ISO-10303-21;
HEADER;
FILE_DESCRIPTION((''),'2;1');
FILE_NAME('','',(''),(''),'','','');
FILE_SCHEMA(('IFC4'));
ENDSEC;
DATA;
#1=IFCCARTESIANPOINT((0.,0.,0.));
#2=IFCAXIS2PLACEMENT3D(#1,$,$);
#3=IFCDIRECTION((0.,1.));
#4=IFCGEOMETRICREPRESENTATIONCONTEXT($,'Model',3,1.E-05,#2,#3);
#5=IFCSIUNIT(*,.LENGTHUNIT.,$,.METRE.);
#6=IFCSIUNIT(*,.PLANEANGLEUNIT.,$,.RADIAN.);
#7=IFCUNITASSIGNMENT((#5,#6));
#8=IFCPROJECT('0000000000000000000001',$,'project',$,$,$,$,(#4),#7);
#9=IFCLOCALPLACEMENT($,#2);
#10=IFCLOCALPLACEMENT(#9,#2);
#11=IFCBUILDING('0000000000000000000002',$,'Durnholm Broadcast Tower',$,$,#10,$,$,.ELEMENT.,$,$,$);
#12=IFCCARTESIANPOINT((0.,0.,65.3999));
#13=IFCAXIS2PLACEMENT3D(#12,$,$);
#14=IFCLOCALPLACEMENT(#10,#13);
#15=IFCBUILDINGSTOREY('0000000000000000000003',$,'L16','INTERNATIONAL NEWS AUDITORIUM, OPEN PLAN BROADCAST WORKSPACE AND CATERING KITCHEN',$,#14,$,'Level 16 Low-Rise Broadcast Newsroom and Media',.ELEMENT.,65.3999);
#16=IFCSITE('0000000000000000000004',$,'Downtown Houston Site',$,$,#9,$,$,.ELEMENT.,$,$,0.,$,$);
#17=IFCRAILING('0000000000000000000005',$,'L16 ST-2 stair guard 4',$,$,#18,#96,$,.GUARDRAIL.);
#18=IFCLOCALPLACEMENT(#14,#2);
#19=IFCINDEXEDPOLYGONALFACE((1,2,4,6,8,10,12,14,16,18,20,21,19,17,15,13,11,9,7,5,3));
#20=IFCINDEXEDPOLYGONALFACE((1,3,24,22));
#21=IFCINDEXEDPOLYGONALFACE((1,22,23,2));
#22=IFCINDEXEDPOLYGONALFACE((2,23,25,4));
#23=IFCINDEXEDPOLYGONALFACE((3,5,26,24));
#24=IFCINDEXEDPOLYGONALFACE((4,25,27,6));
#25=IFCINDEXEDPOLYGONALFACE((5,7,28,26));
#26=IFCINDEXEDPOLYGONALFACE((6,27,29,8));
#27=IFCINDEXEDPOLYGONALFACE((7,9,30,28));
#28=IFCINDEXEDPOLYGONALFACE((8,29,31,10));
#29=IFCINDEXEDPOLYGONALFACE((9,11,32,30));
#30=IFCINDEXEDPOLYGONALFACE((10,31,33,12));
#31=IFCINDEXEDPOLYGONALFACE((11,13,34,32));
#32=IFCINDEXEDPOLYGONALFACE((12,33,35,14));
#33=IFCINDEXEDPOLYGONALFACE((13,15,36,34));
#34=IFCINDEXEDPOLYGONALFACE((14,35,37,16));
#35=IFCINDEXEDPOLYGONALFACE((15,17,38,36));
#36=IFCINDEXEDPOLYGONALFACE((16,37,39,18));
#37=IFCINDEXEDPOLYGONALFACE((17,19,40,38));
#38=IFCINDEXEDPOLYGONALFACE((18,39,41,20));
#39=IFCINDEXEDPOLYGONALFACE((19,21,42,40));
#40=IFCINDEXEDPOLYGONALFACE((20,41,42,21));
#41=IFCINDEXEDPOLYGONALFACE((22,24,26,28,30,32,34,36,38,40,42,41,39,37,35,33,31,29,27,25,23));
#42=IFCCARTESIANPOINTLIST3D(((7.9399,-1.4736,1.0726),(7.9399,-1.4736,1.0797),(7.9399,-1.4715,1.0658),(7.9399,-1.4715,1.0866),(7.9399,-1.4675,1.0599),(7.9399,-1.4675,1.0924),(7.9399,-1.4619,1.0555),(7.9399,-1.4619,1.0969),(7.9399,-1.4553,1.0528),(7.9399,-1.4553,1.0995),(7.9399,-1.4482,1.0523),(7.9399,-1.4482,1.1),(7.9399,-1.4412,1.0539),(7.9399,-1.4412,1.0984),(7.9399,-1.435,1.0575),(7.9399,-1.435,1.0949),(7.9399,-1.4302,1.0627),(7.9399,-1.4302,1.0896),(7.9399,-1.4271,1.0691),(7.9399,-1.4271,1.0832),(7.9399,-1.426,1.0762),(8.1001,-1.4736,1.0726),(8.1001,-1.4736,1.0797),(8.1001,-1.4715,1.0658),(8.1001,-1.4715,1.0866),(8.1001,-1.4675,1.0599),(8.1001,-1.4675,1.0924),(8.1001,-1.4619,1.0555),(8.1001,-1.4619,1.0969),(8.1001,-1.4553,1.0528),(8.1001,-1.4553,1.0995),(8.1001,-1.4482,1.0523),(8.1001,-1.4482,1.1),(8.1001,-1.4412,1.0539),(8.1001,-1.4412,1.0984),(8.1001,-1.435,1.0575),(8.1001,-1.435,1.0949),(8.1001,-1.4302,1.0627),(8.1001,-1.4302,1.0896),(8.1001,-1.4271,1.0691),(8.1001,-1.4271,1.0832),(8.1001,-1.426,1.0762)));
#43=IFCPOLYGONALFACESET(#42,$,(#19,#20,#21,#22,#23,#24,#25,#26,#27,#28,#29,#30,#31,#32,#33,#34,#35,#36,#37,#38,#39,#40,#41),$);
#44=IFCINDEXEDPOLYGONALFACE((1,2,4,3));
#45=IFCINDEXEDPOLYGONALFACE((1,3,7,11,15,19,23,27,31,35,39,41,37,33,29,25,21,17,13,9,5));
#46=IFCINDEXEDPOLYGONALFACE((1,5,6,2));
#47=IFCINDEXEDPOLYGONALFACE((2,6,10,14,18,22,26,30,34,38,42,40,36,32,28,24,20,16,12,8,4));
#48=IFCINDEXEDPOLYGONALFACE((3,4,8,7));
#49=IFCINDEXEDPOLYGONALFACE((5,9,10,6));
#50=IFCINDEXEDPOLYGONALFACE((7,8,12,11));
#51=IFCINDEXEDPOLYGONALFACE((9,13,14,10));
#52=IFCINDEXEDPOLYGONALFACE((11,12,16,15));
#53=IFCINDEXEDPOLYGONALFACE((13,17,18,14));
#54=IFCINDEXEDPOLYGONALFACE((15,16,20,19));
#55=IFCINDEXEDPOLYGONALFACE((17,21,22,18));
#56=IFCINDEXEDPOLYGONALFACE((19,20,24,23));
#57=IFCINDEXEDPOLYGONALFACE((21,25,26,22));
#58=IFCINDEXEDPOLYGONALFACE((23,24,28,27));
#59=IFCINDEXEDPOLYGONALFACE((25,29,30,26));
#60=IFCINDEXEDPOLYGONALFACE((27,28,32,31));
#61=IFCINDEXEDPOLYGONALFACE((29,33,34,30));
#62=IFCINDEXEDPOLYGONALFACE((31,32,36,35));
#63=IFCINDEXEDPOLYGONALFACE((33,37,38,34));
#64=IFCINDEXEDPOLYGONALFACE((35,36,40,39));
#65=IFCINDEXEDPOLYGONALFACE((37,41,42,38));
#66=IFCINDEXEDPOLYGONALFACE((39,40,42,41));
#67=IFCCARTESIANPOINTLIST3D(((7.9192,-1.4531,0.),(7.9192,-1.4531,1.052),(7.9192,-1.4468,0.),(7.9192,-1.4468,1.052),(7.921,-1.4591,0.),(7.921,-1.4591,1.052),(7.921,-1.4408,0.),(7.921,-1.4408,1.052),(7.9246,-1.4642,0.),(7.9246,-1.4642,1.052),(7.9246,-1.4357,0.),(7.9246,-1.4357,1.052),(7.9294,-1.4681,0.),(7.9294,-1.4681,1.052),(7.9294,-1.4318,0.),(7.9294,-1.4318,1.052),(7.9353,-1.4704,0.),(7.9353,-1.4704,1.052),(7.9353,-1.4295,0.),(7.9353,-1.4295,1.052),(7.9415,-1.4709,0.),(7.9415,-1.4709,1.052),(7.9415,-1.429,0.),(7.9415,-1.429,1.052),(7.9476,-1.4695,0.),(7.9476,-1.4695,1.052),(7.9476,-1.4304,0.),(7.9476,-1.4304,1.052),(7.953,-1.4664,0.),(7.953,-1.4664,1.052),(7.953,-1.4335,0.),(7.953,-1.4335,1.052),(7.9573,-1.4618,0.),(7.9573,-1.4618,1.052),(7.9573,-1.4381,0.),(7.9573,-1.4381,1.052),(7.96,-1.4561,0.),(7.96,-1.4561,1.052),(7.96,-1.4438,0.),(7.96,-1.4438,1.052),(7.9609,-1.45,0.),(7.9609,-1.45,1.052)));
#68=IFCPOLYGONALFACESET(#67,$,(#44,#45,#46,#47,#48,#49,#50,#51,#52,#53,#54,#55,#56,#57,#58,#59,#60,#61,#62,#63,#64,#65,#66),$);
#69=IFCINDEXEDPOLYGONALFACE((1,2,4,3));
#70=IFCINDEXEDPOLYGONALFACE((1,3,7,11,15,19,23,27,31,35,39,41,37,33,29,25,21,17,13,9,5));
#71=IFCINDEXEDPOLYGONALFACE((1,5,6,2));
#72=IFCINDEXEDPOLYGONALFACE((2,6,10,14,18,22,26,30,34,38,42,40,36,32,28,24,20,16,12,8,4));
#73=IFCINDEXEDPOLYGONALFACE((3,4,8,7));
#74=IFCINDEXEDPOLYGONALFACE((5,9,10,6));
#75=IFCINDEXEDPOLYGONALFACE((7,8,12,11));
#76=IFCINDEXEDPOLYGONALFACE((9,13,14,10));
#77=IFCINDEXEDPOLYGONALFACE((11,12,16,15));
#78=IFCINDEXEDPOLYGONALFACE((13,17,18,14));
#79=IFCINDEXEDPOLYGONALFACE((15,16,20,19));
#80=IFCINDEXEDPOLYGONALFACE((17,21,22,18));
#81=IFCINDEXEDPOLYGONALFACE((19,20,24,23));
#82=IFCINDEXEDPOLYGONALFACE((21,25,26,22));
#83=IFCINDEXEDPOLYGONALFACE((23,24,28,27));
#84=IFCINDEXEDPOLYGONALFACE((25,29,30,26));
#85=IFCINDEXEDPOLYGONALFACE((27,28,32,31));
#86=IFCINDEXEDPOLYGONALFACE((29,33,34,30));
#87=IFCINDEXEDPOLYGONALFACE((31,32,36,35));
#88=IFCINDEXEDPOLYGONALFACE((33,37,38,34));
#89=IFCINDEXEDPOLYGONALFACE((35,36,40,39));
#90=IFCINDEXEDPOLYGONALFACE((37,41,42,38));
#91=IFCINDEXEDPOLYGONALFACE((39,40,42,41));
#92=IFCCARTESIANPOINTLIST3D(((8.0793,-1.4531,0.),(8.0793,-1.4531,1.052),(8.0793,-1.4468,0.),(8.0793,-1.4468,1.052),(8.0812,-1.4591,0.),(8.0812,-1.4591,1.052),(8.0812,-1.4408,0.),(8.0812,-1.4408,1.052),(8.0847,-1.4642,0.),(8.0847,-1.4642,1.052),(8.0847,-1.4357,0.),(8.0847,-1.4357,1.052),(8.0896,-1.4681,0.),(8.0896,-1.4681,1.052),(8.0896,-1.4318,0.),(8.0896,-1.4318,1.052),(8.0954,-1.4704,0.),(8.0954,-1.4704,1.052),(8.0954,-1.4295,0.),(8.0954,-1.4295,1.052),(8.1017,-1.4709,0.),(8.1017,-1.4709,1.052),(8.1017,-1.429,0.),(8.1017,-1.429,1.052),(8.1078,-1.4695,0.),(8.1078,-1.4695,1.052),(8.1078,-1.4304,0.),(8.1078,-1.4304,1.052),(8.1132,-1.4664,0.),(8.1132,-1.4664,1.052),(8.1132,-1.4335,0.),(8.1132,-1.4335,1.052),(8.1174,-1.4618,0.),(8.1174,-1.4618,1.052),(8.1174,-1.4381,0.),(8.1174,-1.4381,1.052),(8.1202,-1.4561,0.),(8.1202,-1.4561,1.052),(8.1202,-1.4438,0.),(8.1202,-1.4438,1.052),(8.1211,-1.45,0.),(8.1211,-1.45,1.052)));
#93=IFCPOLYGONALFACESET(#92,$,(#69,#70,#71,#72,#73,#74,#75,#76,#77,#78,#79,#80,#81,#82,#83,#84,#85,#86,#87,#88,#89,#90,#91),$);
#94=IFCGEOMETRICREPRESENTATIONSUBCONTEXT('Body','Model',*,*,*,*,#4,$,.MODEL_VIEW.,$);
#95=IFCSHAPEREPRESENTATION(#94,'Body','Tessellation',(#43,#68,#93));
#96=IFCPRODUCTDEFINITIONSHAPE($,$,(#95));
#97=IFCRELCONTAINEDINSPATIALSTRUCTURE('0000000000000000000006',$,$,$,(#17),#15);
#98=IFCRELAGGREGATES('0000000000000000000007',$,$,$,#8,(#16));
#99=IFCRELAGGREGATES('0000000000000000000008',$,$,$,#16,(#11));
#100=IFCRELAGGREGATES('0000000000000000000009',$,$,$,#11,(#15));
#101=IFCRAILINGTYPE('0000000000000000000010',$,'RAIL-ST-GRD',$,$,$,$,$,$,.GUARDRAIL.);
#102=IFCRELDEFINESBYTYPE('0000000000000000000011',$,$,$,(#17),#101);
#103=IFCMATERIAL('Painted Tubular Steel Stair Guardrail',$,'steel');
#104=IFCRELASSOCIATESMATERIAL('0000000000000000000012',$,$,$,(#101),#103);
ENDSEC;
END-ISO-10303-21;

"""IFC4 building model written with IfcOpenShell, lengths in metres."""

from ifc_helpers import new_model, si_unit, direction, frame, origin, origin_2d, place, context, subcontext, project, spatial, circle, extrude, material, type_object, element, save


model = new_model("IFC4")

# Units and contexts
model_context = context("Model", 3, precision=1e-05, world=origin(), true_north=direction((0.0, 1.0)))
body_context = subcontext(model_context, "Body", "Model", "MODEL_VIEW")
ifc_project = project(units=[si_unit("LENGTHUNIT", "METRE"), si_unit("PLANEANGLEUNIT", "RADIAN")], contexts=[model_context])

# Site, building, storey
site_placement = place(None, origin())
site = spatial("IfcSite", under=ifc_project, at=site_placement, Name="Downtown Houston Site", CompositionType="ELEMENT", RefElevation=0.0)
building_placement = place(site_placement, origin())
building = spatial("IfcBuilding", under=site, at=building_placement, Name="Durnholm Broadcast Tower", CompositionType="ELEMENT")
storey_placement = place(building_placement, frame((0.0, 0.0, 65.3999)))
storey = spatial("IfcBuildingStorey", under=building, at=storey_placement, Name="L16", Description="INTERNATIONAL NEWS AUDITORIUM, OPEN PLAN BROADCAST WORKSPACE AND CATERING KITCHEN", LongName="Level 16 Low-Rise Broadcast Newsroom and Media", CompositionType="ELEMENT", Elevation=65.3999)

# Railing
ifc_material_1 = material(Name="Painted Tubular Steel Stair Guardrail", Category="steel")
railing_type_1 = type_object("IfcRailingType", Name="RAIL-ST-GRD", PredefinedType="GUARDRAIL", material=ifc_material_1)
railing_1_placement = place(storey_placement, frame((7.9399, -1.45, 0.0)))
element("IfcRailing", 1, at=railing_1_placement, inside=storey, type_object=railing_type_1, Name="L16 ST-2 stair guard 4", PredefinedType="GUARDRAIL", context=body_context, shape_type="SweptSolid", body=[
    extrude(circle(Radius=0.0239, at=origin_2d()), frame((0.0, 0.0, 1.0762), z_axis=(1.0, 0.0, 0.0), x_axis=(0.0, 1.0, 0.0)), (0.0, 0.0, 1.0), 0.1602),
    extrude(circle(Radius=0.021, at=origin_2d()), origin(), (0.0, 0.0, 1.0), 1.052),
    extrude(circle(Radius=0.021, at=origin_2d()), frame((0.1602, 0.0, 0.0)), (0.0, 0.0, 1.0), 1.052),
])

save(model, "model.ifc")
